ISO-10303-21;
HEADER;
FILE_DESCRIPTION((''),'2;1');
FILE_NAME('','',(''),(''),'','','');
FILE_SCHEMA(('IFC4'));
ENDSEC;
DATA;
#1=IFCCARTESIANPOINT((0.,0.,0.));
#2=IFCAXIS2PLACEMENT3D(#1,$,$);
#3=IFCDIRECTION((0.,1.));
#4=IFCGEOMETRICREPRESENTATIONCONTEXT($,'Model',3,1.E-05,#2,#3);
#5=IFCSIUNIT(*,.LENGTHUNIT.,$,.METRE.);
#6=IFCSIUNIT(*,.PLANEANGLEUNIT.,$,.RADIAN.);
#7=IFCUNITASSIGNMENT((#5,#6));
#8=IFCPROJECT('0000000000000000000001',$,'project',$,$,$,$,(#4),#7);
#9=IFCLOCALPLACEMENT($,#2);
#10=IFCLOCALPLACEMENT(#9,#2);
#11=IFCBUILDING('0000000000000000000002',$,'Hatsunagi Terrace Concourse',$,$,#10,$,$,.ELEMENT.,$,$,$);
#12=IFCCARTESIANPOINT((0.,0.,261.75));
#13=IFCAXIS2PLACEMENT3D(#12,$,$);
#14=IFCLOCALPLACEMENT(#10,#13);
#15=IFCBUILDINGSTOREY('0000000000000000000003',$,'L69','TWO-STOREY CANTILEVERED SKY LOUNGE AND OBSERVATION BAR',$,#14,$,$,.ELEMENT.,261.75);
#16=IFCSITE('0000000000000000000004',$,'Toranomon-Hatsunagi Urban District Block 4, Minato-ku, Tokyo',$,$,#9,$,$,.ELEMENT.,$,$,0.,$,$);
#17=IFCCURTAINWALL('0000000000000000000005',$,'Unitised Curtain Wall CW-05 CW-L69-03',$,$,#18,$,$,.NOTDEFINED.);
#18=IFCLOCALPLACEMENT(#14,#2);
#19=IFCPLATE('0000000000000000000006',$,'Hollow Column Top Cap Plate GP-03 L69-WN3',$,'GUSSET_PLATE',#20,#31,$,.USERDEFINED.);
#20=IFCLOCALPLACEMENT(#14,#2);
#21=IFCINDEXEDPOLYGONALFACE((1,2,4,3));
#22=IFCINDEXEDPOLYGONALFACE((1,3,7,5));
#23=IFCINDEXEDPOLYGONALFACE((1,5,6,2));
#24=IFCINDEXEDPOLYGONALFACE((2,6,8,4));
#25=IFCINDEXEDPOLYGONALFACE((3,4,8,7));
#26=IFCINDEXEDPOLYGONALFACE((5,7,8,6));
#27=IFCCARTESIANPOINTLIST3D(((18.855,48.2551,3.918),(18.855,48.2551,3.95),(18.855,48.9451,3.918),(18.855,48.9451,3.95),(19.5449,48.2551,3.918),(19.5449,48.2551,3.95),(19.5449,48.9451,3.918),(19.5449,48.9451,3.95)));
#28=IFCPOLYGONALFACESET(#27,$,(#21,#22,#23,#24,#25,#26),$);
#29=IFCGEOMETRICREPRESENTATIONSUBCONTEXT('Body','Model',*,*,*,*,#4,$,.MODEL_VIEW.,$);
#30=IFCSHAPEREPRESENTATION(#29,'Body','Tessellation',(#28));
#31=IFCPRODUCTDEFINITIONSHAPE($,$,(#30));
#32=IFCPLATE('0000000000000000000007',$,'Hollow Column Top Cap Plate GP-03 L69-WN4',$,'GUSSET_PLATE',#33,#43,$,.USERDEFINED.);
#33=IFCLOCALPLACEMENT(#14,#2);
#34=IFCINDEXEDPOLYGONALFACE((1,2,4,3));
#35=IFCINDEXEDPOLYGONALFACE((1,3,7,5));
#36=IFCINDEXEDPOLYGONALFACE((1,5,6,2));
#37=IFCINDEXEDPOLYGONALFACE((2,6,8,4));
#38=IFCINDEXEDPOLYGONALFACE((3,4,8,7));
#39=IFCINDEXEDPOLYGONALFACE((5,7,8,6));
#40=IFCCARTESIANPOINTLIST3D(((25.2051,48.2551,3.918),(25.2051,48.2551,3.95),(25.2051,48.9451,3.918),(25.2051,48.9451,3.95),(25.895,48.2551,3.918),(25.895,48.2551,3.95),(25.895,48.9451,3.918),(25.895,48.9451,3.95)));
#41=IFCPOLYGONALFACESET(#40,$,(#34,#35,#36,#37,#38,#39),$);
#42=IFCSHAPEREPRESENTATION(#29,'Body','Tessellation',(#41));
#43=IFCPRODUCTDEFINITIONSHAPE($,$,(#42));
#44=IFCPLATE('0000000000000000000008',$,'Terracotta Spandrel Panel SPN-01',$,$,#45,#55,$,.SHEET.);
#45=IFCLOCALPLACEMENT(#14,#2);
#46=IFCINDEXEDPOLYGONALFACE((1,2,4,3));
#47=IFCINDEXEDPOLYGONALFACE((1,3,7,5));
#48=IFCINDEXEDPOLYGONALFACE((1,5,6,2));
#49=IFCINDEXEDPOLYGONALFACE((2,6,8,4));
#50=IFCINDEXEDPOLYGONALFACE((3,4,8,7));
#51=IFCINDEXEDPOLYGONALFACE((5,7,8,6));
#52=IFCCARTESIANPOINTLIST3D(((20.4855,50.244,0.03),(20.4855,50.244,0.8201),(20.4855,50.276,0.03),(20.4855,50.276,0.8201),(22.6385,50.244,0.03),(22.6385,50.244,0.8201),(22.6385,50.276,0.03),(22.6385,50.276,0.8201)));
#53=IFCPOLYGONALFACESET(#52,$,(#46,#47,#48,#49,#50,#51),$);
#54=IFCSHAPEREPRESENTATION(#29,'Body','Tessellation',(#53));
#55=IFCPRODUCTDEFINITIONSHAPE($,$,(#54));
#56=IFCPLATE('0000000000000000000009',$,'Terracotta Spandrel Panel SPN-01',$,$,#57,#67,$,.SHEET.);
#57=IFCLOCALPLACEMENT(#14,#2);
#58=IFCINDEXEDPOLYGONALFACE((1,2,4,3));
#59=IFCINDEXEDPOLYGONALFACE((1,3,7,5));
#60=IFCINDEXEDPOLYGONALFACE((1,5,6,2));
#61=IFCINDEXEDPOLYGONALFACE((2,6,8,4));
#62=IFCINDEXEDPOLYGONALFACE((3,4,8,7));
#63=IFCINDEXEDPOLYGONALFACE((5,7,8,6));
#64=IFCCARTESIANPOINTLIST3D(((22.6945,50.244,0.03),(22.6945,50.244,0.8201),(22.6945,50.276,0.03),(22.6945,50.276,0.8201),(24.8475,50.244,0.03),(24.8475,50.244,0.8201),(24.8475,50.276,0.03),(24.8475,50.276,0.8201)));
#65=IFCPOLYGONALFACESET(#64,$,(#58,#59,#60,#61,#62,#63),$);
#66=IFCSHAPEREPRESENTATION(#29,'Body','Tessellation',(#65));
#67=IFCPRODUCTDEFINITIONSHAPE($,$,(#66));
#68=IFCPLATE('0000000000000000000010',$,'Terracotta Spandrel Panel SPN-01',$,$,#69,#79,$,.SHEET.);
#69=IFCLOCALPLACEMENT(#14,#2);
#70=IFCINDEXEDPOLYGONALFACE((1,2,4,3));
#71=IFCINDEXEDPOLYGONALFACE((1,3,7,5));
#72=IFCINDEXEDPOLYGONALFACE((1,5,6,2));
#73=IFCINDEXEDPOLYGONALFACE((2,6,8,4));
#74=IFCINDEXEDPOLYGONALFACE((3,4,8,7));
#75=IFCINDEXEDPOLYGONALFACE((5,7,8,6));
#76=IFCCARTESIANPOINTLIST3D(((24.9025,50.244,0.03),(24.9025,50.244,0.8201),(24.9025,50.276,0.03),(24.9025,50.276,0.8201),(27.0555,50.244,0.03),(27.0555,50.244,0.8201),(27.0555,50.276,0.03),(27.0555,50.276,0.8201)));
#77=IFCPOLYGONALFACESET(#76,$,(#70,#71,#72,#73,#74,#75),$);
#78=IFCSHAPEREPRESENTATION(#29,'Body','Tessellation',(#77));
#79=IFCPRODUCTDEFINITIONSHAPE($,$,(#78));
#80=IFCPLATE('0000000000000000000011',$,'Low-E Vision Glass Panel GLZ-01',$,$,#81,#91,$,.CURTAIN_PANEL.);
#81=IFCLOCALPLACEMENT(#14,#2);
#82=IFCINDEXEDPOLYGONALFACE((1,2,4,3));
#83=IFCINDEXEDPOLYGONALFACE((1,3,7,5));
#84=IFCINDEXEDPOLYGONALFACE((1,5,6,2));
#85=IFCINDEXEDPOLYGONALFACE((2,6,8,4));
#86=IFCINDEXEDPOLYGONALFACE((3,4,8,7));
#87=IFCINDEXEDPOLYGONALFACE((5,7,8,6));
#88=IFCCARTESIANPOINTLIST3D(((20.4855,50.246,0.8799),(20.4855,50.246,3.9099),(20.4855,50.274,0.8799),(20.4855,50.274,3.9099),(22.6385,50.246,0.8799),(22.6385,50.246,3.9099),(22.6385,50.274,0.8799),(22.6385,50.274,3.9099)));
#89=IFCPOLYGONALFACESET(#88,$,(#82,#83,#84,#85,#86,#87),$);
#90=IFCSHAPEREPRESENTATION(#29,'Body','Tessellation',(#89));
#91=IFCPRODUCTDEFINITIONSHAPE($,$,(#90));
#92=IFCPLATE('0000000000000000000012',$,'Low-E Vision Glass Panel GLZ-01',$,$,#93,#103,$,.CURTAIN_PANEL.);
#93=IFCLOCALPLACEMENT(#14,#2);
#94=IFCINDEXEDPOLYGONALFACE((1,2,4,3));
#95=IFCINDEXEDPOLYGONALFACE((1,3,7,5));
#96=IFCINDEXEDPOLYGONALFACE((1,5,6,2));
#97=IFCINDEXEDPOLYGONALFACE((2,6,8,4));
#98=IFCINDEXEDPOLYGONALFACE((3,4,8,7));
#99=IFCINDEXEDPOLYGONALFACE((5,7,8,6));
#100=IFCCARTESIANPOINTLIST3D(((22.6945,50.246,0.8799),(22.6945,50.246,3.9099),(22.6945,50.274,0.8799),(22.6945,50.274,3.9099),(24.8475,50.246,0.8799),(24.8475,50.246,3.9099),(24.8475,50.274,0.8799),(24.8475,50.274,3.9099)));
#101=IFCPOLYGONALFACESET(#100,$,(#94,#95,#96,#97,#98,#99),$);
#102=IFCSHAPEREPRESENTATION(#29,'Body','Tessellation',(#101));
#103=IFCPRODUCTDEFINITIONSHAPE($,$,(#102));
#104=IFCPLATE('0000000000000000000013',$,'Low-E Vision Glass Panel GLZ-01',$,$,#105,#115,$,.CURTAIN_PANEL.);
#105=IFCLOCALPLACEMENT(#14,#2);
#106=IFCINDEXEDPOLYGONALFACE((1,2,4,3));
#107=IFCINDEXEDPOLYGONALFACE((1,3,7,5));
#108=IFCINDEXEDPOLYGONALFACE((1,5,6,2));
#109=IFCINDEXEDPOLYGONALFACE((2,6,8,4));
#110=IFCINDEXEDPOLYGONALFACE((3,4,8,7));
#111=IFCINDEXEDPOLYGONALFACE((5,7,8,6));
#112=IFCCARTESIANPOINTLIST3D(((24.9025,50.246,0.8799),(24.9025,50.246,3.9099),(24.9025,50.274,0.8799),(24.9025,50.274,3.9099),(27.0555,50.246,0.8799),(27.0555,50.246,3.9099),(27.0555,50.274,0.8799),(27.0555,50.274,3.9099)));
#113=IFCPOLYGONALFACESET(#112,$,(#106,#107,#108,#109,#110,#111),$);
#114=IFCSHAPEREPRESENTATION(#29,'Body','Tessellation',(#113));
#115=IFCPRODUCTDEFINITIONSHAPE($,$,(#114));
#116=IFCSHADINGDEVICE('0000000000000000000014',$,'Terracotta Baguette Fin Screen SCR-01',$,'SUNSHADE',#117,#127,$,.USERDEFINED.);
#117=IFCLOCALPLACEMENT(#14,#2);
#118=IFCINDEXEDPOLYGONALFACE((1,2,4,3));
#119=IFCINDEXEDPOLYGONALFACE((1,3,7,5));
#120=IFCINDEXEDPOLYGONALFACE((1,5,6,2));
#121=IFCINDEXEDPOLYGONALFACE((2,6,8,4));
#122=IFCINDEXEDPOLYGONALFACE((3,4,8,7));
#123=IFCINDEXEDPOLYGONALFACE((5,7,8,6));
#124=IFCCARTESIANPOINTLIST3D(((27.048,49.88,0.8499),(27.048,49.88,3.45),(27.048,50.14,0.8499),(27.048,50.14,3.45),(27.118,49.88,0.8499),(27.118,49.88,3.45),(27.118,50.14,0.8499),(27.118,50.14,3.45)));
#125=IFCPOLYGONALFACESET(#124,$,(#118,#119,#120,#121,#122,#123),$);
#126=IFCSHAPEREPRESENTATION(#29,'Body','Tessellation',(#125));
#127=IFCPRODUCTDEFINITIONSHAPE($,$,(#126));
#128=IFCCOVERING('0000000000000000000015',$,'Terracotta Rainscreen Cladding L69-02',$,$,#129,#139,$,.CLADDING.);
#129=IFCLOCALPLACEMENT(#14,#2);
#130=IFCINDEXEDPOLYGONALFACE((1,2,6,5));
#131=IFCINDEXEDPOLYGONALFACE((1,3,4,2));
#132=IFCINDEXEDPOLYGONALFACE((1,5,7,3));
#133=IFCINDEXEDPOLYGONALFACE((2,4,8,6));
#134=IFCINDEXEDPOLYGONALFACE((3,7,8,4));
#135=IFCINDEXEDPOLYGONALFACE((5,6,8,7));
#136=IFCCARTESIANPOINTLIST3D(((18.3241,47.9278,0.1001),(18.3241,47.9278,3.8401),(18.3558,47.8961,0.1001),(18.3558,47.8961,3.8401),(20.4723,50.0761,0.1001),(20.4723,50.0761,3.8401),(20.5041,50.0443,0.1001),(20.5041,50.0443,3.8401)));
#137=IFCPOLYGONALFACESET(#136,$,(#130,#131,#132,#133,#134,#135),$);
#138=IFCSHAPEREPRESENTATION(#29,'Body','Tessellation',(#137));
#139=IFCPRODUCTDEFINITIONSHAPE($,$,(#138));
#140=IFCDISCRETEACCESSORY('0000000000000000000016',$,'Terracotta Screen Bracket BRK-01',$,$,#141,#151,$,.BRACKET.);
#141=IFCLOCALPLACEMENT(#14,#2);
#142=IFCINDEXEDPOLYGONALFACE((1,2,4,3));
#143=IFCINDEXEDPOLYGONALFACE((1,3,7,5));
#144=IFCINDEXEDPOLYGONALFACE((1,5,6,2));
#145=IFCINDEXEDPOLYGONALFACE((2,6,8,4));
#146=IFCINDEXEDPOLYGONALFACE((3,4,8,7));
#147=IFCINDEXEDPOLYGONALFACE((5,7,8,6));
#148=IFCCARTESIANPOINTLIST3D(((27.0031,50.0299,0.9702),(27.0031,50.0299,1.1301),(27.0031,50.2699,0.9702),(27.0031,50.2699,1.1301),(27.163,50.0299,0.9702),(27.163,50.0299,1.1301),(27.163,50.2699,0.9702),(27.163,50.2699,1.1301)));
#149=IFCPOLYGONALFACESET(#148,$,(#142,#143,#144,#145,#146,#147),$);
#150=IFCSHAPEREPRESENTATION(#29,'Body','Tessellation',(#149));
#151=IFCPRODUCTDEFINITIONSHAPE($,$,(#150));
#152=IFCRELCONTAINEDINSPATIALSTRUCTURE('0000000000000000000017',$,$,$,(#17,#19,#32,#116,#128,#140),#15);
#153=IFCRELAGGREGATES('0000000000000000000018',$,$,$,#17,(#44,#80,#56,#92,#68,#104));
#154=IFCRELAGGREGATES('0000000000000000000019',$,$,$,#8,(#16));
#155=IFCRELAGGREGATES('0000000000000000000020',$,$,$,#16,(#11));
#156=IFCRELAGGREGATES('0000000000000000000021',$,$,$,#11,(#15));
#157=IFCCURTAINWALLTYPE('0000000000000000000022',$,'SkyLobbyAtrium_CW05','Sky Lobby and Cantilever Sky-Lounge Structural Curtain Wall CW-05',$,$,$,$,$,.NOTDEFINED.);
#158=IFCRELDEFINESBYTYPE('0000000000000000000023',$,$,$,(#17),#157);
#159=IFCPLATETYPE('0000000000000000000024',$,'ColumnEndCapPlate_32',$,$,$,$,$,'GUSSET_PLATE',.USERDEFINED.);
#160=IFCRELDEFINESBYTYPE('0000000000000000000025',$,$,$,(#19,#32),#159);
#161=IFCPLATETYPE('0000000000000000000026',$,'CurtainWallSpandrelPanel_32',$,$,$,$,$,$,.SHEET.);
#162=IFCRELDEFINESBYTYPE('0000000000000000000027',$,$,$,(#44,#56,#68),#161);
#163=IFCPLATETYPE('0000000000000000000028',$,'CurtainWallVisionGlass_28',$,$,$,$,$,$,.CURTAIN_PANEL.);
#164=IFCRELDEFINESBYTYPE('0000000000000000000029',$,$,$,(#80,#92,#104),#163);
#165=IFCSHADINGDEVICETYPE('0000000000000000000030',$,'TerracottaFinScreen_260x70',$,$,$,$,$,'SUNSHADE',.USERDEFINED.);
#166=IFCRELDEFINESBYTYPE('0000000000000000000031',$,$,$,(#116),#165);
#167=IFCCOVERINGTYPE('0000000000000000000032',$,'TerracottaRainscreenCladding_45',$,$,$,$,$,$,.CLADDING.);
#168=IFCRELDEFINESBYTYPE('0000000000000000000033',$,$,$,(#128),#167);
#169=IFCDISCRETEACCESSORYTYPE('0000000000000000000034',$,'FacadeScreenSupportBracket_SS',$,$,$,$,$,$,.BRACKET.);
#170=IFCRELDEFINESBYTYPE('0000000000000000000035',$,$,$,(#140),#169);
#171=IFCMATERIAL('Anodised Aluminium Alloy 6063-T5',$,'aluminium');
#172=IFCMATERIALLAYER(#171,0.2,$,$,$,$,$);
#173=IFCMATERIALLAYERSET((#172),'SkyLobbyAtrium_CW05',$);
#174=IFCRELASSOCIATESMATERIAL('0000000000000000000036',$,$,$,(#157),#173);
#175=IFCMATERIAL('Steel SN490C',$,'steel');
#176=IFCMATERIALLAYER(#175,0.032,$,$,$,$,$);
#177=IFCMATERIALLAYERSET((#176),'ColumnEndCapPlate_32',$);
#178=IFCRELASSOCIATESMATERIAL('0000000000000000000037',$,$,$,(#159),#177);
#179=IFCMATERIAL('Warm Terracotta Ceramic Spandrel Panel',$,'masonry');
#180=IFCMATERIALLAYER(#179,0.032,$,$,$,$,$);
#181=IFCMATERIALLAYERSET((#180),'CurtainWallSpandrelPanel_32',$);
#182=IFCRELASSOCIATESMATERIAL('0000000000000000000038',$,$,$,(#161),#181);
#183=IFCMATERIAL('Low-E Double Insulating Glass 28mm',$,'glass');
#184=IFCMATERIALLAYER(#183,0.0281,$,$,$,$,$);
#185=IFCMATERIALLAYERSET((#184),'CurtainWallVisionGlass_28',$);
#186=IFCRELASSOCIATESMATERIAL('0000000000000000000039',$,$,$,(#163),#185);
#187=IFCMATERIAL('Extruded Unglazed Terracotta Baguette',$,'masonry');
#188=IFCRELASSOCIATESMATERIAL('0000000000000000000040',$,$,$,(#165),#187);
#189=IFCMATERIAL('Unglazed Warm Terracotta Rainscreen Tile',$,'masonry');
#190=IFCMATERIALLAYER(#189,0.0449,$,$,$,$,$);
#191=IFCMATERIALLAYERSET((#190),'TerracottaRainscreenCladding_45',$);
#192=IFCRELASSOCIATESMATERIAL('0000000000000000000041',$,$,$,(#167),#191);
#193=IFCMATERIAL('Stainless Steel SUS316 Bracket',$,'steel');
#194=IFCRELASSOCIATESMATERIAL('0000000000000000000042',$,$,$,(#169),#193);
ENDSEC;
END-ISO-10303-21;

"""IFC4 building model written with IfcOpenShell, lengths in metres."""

from ifc_helpers import new_model, si_unit, direction, frame, origin, origin_2d, place, context, subcontext, project, spatial, rectangle, extrude, material, layer, layer_set, type_object, element, aggregate, save


model = new_model("IFC4")

# Units and contexts
model_context = context("Model", 3, precision=1e-05, world=origin(), true_north=direction((0.0, 1.0)))
body_context = subcontext(model_context, "Body", "Model", "MODEL_VIEW")
ifc_project = project(units=[si_unit("LENGTHUNIT", "METRE"), si_unit("PLANEANGLEUNIT", "RADIAN")], contexts=[model_context])

# Site, building, storey
site_placement = place(None, origin())
site = spatial("IfcSite", under=ifc_project, at=site_placement, Name="Toranomon-Hatsunagi Urban District Block 4, Minato-ku, Tokyo", CompositionType="ELEMENT", RefElevation=0.0)
building_placement = place(site_placement, origin())
building = spatial("IfcBuilding", under=site, at=building_placement, Name="Hatsunagi Terrace Concourse", CompositionType="ELEMENT")
storey_placement = place(building_placement, frame((0.0, 0.0, 261.75)))
storey = spatial("IfcBuildingStorey", under=building, at=storey_placement, Name="L69", Description="TWO-STOREY CANTILEVERED SKY LOUNGE AND OBSERVATION BAR", CompositionType="ELEMENT", Elevation=261.75)

# Curtain wall
ifc_material_1 = material(Name="Anodised Aluminium Alloy 6063-T5", Category="aluminium")
ifc_layer_1 = layer(ifc_material_1, 0.2)
ifc_layer_set_1 = layer_set([ifc_layer_1], Name="SkyLobbyAtrium_CW05")
curtain_wall_type = type_object("IfcCurtainWallType", Name="SkyLobbyAtrium_CW05", Description="Sky Lobby and Cantilever Sky-Lounge Structural Curtain Wall CW-05", PredefinedType="NOTDEFINED", material=ifc_layer_set_1)
curtain_wall_placement = place(storey_placement, origin())
curtain_wall = element("IfcCurtainWall", 1, at=curtain_wall_placement, inside=storey, type_object=curtain_wall_type, Name="Unitised Curtain Wall CW-05 CW-L69-03", PredefinedType="NOTDEFINED")

# Plates
ifc_material_2 = material(Name="Steel SN490C", Category="steel")
ifc_layer_2 = layer(ifc_material_2, 0.032)
ifc_layer_set_2 = layer_set([ifc_layer_2], Name="ColumnEndCapPlate_32")
plate_type_1 = type_object("IfcPlateType", Name="ColumnEndCapPlate_32", ElementType="GUSSET_PLATE", PredefinedType="USERDEFINED", material=ifc_layer_set_2)
for number, where, z_axis, x_axis, name in (
    (2, (19.2, 48.6001, 3.918), (0.0, 0.0, 1.0), (1.0, 0.0, 0.0), "Hollow Column Top Cap Plate GP-03 L69-WN3"),
    (3, (25.55, 48.6001, 3.918), (0.0, 0.0, 1.0), (1.0, 0.0, 0.0), "Hollow Column Top Cap Plate GP-03 L69-WN4"),
):
    element("IfcPlate", number, at=place(storey_placement, frame(where, z_axis=z_axis, x_axis=x_axis)), inside=storey, type_object=plate_type_1, Name=name, ObjectType="GUSSET_PLATE", PredefinedType="USERDEFINED", context=body_context, shape_type="SweptSolid", body=[
        extrude(rectangle(XDim=0.6899, YDim=0.6899, at=origin_2d()), origin(), (0.0, 0.0, 1.0), 0.032),
    ])

# Plates
ifc_material_3 = material(Name="Warm Terracotta Ceramic Spandrel Panel", Category="masonry")
ifc_layer_3 = layer(ifc_material_3, 0.032)
ifc_layer_set_3 = layer_set([ifc_layer_3], Name="CurtainWallSpandrelPanel_32")
plate_type_2 = type_object("IfcPlateType", Name="CurtainWallSpandrelPanel_32", PredefinedType="SHEET", material=ifc_layer_set_3)
plate_1_placement = place(storey_placement, frame((21.562, 50.26, 0.03), z_axis=(0.0, 0.0, 1.0), x_axis=(1.0, 0.0, 0.0)))
plate_1 = element("IfcPlate", 4, at=plate_1_placement, type_object=plate_type_2, Name="Terracotta Spandrel Panel SPN-01", PredefinedType="SHEET", context=body_context, shape_type="SweptSolid", body=[
    extrude(rectangle(XDim=2.1531, YDim=0.032, at=origin_2d()), origin(), (0.0, 0.0, 1.0), 0.79),
])
plate_2_placement = place(storey_placement, frame((23.771, 50.26, 0.03), z_axis=(0.0, 0.0, 1.0), x_axis=(1.0, 0.0, 0.0)))
plate_2 = element("IfcPlate", 5, at=plate_2_placement, type_object=plate_type_2, Name="Terracotta Spandrel Panel SPN-01", PredefinedType="SHEET", context=body_context, shape_type="SweptSolid", body=[
    extrude(rectangle(XDim=2.1531, YDim=0.032, at=origin_2d()), origin(), (0.0, 0.0, 1.0), 0.79),
])
plate_3_placement = place(storey_placement, frame((25.979, 50.26, 0.03), z_axis=(0.0, 0.0, 1.0), x_axis=(1.0, 0.0, 0.0)))
plate_3 = element("IfcPlate", 6, at=plate_3_placement, type_object=plate_type_2, Name="Terracotta Spandrel Panel SPN-01", PredefinedType="SHEET", context=body_context, shape_type="SweptSolid", body=[
    extrude(rectangle(XDim=2.1531, YDim=0.032, at=origin_2d()), origin(), (0.0, 0.0, 1.0), 0.79),
])
ifc_material_4 = material(Name="Low-E Double Insulating Glass 28mm", Category="glass")
ifc_layer_4 = layer(ifc_material_4, 0.0281)
ifc_layer_set_4 = layer_set([ifc_layer_4], Name="CurtainWallVisionGlass_28")
plate_type_3 = type_object("IfcPlateType", Name="CurtainWallVisionGlass_28", PredefinedType="CURTAIN_PANEL", material=ifc_layer_set_4)
plate_4_placement = place(storey_placement, frame((21.562, 50.26, 0.8799), z_axis=(0.0, 0.0, 1.0), x_axis=(1.0, 0.0, 0.0)))
plate_4 = element("IfcPlate", 7, at=plate_4_placement, type_object=plate_type_3, Name="Low-E Vision Glass Panel GLZ-01", PredefinedType="CURTAIN_PANEL", context=body_context, shape_type="SweptSolid", body=[
    extrude(rectangle(XDim=2.1531, YDim=0.0281, at=origin_2d()), origin(), (0.0, 0.0, 1.0), 3.03),
])
plate_5_placement = place(storey_placement, frame((23.771, 50.26, 0.8799), z_axis=(0.0, 0.0, 1.0), x_axis=(1.0, 0.0, 0.0)))
plate_5 = element("IfcPlate", 8, at=plate_5_placement, type_object=plate_type_3, Name="Low-E Vision Glass Panel GLZ-01", PredefinedType="CURTAIN_PANEL", context=body_context, shape_type="SweptSolid", body=[
    extrude(rectangle(XDim=2.1531, YDim=0.0281, at=origin_2d()), origin(), (0.0, 0.0, 1.0), 3.03),
])
plate_6_placement = place(storey_placement, frame((25.979, 50.26, 0.8799), z_axis=(0.0, 0.0, 1.0), x_axis=(1.0, 0.0, 0.0)))
plate_6 = element("IfcPlate", 9, at=plate_6_placement, type_object=plate_type_3, Name="Low-E Vision Glass Panel GLZ-01", PredefinedType="CURTAIN_PANEL", context=body_context, shape_type="SweptSolid", body=[
    extrude(rectangle(XDim=2.1531, YDim=0.0281, at=origin_2d()), origin(), (0.0, 0.0, 1.0), 3.03),
])
aggregate(curtain_wall, [plate_1, plate_4, plate_2, plate_5, plate_3, plate_6])

# Shading device
ifc_material_5 = material(Name="Extruded Unglazed Terracotta Baguette", Category="masonry")
shading_device_type = type_object("IfcShadingDeviceType", Name="TerracottaFinScreen_260x70", ElementType="SUNSHADE", PredefinedType="USERDEFINED", material=ifc_material_5)
shading_device_placement = place(storey_placement, frame((27.083, 50.01, 0.8499), z_axis=(0.0, 0.0, 1.0), x_axis=(1.0, 0.0, 0.0)))
element("IfcShadingDevice", 10, at=shading_device_placement, inside=storey, type_object=shading_device_type, Name="Terracotta Baguette Fin Screen SCR-01", ObjectType="SUNSHADE", PredefinedType="USERDEFINED", context=body_context, shape_type="SweptSolid", body=[
    extrude(rectangle(XDim=0.0701, YDim=0.26, at=origin_2d()), origin(), (0.0, 0.0, 1.0), 2.6001),
])

# Covering
ifc_material_6 = material(Name="Unglazed Warm Terracotta Rainscreen Tile", Category="masonry")
ifc_layer_5 = layer(ifc_material_6, 0.0449)
ifc_layer_set_5 = layer_set([ifc_layer_5], Name="TerracottaRainscreenCladding_45")
covering_type = type_object("IfcCoveringType", Name="TerracottaRainscreenCladding_45", PredefinedType="CLADDING", material=ifc_layer_set_5)
covering_placement = place(storey_placement, frame((19.4141, 48.9861, 0.1001), z_axis=(0.0, 0.0, 1.0), x_axis=(0.707107, 0.707107, 0.0)))
element("IfcCovering", 11, at=covering_placement, inside=storey, type_object=covering_type, Name="Terracotta Rainscreen Cladding L69-02", PredefinedType="CLADDING", context=body_context, shape_type="SweptSolid", body=[
    extrude(rectangle(XDim=3.0381, YDim=0.0449, at=origin_2d()), origin(), (0.0, 0.0, 1.0), 3.74),
])

# Discrete accessory
ifc_material_7 = material(Name="Stainless Steel SUS316 Bracket", Category="steel")
discrete_accessory_type = type_object("IfcDiscreteAccessoryType", Name="FacadeScreenSupportBracket_SS", PredefinedType="BRACKET", material=ifc_material_7)
discrete_accessory_placement = place(storey_placement, frame((27.083, 50.1499, 0.9702), z_axis=(0.0, 0.0, 1.0), x_axis=(1.0, 0.0, 0.0)))
element("IfcDiscreteAccessory", 12, at=discrete_accessory_placement, inside=storey, type_object=discrete_accessory_type, Name="Terracotta Screen Bracket BRK-01", PredefinedType="BRACKET", context=body_context, shape_type="SweptSolid", body=[
    extrude(rectangle(XDim=0.1599, YDim=0.24, at=origin_2d()), origin(), (0.0, 0.0, 1.0), 0.1599),
])

save(model, "model.ifc")
